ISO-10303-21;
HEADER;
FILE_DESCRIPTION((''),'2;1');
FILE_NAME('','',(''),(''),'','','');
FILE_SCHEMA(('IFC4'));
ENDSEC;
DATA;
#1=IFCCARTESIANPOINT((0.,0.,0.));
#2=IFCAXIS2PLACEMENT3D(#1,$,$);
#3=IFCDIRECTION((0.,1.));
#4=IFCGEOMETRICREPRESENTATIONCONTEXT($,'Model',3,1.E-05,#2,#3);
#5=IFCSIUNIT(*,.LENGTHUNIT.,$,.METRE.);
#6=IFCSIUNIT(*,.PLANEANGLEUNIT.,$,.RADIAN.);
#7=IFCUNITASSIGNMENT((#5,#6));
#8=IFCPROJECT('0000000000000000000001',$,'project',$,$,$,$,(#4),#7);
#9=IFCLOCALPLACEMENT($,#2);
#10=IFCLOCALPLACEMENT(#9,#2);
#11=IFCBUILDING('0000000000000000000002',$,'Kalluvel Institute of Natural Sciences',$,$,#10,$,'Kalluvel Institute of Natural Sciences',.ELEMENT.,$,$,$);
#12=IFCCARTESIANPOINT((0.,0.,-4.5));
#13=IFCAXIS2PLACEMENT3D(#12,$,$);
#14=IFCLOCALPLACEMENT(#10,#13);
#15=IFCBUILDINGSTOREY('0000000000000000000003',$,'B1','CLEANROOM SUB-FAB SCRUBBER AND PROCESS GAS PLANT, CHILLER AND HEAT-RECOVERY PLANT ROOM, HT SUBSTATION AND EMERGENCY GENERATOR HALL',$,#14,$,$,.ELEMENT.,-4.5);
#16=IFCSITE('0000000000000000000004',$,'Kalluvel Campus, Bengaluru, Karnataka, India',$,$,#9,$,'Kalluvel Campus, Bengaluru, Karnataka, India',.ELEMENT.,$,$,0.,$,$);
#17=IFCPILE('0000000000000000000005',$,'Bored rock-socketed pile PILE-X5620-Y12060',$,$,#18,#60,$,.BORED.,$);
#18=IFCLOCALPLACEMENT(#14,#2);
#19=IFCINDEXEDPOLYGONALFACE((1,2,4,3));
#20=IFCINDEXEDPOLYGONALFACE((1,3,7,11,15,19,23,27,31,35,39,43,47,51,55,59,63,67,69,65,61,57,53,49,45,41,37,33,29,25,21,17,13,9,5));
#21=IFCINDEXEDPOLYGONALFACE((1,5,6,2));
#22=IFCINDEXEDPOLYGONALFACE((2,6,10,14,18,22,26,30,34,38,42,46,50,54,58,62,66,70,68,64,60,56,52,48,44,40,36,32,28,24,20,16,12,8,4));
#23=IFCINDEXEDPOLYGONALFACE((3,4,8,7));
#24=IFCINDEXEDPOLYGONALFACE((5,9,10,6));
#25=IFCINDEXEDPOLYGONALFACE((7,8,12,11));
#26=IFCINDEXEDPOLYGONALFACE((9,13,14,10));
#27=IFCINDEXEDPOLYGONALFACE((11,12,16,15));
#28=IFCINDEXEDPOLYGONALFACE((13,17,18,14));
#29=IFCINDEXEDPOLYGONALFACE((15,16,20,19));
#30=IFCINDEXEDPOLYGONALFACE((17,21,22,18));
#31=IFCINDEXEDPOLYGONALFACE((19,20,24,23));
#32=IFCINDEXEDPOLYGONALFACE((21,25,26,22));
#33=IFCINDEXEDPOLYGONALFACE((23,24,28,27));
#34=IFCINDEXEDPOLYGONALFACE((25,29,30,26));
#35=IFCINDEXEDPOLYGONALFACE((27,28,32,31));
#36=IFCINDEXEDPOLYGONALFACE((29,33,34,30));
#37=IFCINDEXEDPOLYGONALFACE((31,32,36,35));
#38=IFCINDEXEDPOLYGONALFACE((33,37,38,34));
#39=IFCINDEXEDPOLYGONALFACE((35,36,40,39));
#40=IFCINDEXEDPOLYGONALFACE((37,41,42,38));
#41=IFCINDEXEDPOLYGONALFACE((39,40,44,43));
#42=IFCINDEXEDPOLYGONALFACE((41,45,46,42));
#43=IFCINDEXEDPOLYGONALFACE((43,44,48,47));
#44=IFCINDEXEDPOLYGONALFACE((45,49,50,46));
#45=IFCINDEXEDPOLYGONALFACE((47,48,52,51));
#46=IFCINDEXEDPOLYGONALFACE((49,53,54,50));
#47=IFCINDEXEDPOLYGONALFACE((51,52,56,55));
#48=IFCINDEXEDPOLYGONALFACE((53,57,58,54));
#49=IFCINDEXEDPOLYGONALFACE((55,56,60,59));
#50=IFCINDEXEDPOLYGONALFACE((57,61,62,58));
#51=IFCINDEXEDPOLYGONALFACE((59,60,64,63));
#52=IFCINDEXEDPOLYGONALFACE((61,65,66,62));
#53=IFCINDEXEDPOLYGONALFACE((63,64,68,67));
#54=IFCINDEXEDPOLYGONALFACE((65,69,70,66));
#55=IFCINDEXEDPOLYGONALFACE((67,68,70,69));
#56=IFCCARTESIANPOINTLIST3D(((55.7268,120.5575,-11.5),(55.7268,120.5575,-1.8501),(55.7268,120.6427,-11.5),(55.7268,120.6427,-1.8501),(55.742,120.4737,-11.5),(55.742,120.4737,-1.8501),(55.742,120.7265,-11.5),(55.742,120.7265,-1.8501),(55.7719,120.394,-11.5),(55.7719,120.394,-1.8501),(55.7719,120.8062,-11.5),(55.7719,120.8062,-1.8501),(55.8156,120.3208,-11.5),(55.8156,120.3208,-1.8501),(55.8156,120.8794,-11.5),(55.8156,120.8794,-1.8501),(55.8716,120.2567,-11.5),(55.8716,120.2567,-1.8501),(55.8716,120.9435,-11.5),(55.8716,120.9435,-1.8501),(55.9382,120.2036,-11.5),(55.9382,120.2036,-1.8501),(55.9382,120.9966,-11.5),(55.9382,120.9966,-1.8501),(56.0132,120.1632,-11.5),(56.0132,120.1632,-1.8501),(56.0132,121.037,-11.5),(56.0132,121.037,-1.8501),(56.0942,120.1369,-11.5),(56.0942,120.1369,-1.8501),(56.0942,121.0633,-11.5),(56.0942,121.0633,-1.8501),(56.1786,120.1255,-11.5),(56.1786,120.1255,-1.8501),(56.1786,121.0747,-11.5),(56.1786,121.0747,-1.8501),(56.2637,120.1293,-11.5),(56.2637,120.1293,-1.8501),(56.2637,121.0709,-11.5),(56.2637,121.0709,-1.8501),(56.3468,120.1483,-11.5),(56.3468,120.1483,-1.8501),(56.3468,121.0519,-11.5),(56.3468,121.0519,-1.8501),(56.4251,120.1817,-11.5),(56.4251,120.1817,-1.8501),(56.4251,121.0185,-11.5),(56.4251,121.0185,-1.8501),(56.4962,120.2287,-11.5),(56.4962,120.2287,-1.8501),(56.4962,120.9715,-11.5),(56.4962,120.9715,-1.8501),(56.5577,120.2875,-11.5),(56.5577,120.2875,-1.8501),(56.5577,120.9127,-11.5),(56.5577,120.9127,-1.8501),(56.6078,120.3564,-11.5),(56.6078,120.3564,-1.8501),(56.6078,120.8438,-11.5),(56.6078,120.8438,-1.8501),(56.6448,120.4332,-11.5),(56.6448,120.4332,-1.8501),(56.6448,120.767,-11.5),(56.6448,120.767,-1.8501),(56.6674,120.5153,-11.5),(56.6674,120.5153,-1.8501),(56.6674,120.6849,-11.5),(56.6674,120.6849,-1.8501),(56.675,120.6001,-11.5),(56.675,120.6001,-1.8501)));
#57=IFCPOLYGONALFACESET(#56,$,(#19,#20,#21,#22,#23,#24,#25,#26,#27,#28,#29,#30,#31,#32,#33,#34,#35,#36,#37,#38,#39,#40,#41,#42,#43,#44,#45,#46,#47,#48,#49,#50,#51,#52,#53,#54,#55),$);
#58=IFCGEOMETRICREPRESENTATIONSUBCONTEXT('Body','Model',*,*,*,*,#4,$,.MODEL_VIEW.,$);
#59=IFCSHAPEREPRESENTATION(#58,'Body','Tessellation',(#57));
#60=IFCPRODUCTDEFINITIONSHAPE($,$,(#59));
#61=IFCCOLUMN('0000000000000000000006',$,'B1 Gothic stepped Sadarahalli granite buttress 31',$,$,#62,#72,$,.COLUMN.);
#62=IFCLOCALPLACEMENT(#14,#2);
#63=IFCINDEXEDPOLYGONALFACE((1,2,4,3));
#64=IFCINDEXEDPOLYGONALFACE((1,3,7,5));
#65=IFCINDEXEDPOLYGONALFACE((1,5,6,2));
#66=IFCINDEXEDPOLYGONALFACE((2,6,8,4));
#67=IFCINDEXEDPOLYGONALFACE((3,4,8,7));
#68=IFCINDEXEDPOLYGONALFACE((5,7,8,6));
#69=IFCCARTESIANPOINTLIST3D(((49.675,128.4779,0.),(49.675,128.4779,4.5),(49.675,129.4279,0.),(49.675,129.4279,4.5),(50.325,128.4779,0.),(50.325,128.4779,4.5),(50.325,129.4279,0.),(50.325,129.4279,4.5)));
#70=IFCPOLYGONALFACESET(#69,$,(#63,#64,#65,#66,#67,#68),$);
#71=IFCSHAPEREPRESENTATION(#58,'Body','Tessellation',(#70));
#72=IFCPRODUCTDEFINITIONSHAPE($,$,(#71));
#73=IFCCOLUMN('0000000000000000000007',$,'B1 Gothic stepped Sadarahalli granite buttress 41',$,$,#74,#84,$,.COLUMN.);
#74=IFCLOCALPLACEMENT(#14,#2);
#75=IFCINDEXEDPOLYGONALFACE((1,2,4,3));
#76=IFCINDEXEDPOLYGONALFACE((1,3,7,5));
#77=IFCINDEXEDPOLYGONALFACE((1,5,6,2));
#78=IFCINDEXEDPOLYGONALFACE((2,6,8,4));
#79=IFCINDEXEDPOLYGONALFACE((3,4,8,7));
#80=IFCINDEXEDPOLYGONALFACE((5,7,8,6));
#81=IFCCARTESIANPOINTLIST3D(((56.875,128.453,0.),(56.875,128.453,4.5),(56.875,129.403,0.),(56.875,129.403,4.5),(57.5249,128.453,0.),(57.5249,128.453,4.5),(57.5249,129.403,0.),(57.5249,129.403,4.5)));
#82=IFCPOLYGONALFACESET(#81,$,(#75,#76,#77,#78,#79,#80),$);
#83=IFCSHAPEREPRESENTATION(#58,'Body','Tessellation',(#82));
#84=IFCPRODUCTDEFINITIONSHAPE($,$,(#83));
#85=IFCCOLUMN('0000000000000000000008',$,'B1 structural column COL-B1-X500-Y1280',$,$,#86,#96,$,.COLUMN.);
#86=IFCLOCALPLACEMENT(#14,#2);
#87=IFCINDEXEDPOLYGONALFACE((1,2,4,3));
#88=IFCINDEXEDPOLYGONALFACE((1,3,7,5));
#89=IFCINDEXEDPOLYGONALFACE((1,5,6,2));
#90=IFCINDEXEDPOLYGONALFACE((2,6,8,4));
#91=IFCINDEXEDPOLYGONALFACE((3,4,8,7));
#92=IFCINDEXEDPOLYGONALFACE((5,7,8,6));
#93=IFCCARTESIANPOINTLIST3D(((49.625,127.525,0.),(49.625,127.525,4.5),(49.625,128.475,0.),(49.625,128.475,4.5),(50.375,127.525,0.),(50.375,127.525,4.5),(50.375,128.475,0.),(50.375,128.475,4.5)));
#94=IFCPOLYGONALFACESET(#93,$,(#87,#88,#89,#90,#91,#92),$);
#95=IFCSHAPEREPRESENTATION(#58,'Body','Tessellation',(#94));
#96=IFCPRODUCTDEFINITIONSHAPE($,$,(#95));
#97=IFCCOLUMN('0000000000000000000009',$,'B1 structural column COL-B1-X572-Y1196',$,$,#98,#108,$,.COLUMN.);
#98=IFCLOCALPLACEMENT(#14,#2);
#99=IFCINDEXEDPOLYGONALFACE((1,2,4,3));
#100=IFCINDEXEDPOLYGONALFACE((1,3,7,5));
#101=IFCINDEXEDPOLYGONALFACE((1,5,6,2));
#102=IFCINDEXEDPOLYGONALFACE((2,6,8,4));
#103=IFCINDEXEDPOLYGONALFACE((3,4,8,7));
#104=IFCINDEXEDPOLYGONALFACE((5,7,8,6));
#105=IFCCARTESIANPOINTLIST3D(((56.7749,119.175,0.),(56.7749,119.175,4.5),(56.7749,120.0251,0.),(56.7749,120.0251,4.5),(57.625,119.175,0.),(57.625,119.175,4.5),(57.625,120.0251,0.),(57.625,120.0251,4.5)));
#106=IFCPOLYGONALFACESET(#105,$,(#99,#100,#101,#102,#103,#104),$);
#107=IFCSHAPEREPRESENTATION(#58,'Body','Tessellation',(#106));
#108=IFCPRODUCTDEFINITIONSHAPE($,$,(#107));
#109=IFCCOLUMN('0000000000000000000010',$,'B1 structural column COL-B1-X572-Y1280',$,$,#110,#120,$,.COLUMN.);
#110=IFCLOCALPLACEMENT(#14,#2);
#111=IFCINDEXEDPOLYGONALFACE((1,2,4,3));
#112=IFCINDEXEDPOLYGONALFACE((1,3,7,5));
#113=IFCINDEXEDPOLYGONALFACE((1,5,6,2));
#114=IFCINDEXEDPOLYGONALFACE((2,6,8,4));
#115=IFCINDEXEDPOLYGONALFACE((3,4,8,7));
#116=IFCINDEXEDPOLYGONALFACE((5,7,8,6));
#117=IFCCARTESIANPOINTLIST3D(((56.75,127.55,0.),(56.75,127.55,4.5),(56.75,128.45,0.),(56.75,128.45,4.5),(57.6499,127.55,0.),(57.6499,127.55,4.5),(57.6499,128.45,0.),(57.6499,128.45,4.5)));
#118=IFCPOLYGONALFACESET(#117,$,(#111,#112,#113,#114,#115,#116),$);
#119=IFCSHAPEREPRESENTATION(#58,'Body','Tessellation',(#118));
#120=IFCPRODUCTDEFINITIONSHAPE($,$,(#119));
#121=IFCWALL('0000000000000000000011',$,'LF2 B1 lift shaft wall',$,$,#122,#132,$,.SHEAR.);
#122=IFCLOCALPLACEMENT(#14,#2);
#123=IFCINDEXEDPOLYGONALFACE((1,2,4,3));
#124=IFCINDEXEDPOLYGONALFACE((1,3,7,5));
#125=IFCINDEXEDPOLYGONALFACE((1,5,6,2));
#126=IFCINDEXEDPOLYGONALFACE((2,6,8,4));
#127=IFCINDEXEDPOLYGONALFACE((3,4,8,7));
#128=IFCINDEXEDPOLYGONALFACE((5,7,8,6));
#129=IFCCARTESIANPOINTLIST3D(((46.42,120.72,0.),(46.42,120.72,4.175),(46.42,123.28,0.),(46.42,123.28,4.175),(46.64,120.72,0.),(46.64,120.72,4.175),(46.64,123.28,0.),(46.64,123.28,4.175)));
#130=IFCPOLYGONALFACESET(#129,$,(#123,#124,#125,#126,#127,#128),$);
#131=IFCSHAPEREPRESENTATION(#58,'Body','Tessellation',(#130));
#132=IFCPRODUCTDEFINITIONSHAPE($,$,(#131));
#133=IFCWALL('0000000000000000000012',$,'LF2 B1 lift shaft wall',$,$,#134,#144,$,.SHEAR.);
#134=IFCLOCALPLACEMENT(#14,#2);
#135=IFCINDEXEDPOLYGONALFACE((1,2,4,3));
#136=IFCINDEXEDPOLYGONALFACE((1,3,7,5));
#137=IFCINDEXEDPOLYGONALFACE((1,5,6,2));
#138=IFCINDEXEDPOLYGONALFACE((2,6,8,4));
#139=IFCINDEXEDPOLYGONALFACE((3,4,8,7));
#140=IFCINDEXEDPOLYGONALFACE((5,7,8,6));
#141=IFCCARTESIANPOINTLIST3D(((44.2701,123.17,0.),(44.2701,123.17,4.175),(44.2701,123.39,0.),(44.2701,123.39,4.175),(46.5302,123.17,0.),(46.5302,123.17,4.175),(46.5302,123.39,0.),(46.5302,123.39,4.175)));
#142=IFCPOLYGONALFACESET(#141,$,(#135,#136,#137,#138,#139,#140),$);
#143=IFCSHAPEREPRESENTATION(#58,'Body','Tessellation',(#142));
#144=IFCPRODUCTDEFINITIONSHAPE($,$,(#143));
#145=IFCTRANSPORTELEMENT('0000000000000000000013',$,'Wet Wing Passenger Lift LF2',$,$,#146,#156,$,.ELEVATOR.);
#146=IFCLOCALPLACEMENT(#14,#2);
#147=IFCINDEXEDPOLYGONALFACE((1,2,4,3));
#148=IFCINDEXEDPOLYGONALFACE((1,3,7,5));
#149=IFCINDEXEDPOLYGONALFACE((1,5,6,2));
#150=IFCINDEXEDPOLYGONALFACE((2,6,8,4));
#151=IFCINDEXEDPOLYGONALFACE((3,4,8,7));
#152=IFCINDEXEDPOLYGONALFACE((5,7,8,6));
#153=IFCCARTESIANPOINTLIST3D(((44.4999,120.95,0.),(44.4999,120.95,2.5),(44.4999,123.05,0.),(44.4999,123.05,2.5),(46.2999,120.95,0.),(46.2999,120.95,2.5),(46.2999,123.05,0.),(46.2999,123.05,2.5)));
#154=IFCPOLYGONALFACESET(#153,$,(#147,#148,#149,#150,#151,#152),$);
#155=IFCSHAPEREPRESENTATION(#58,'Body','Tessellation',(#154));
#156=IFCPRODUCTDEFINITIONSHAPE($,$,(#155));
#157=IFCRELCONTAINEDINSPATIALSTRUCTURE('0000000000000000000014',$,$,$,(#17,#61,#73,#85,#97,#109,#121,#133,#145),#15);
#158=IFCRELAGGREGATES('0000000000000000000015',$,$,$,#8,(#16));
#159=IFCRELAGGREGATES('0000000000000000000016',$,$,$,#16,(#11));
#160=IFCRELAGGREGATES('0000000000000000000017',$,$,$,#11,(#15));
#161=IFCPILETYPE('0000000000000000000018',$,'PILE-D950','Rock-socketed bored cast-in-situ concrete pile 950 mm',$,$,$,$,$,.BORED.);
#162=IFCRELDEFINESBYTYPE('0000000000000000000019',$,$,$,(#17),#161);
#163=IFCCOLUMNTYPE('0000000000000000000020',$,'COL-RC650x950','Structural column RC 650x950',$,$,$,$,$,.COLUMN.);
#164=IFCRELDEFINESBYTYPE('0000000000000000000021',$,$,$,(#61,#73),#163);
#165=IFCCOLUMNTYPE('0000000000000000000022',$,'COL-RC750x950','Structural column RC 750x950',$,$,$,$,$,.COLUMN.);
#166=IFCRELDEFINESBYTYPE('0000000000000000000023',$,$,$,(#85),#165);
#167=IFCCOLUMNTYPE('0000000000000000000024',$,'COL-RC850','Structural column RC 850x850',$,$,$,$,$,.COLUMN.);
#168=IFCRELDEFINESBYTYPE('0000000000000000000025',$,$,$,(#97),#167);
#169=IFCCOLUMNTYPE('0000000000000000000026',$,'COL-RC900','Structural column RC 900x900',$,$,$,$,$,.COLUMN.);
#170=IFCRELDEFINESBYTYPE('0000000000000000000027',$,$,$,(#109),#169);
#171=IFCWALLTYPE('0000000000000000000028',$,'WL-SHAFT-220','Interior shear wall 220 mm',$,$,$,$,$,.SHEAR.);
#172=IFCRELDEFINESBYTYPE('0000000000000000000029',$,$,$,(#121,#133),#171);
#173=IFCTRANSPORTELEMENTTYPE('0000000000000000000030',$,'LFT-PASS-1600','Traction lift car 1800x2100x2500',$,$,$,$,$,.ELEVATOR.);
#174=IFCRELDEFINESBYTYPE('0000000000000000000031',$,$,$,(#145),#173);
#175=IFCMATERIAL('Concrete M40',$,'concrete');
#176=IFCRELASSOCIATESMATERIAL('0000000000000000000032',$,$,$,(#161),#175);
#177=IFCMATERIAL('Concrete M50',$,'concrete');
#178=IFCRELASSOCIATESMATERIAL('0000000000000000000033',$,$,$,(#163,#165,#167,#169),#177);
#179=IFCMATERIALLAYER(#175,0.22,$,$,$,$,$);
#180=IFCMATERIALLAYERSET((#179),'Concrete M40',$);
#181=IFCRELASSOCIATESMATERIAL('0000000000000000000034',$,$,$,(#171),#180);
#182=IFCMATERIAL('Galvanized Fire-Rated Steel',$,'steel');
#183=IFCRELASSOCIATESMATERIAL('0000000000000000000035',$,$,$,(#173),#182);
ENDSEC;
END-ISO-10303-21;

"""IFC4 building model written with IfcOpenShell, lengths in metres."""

from ifc_helpers import new_model, si_unit, direction, frame, frame_2d, origin, origin_2d, place, context, subcontext, project, spatial, rectangle, circle, extrude, material, layer, layer_set, material_profile, profile_set, type_object, element, save


model = new_model("IFC4")

# Units and contexts
model_context = context("Model", 3, precision=1e-05, world=origin(), true_north=direction((0.0, 1.0)))
body_context = subcontext(model_context, "Body", "Model", "MODEL_VIEW")
ifc_project = project(units=[si_unit("LENGTHUNIT", "METRE"), si_unit("PLANEANGLEUNIT", "RADIAN")], contexts=[model_context])

# Site, building, storey
site_placement = place(None, origin())
site = spatial("IfcSite", under=ifc_project, at=site_placement, Name="Kalluvel Campus, Bengaluru, Karnataka, India", LongName="Kalluvel Campus, Bengaluru, Karnataka, India", CompositionType="ELEMENT", RefElevation=0.0)
building_placement = place(site_placement, origin())
building = spatial("IfcBuilding", under=site, at=building_placement, Name="Kalluvel Institute of Natural Sciences", LongName="Kalluvel Institute of Natural Sciences", CompositionType="ELEMENT")
storey_placement = place(building_placement, frame((0.0, 0.0, -4.5)))
storey = spatial("IfcBuildingStorey", under=building, at=storey_placement, Name="B1", Description="CLEANROOM SUB-FAB SCRUBBER AND PROCESS GAS PLANT, CHILLER AND HEAT-RECOVERY PLANT ROOM, HT SUBSTATION AND EMERGENCY GENERATOR HALL", CompositionType="ELEMENT", Elevation=-4.5)

# Shared definitions
ifc_material_1 = material(Name="Concrete M40", Category="concrete")

# Pile
ifc_material_profile_1 = material_profile(ifc_material_1, circle(Radius=0.4751, at=origin_2d()), Name="PILE D950")
ifc_profile_set_1 = profile_set([ifc_material_profile_1], Name="Concrete M40")
pile_type_1 = type_object("IfcPileType", Name="PILE-D950", Description="Rock-socketed bored cast-in-situ concrete pile 950 mm", PredefinedType="BORED", material=ifc_profile_set_1)
for number, where, z_axis, x_axis, name in (
    (1, (56.2, 120.6001, -1.8501), (0.0, 0.0, -1.0), (1.0, 0.0, 0.0), "Bored rock-socketed pile PILE-X5620-Y12060"),
):
    element("IfcPile", number, at=place(storey_placement, frame(where, z_axis=z_axis, x_axis=x_axis)), inside=storey, type_object=pile_type_1, Name=name, PredefinedType="BORED", context=body_context, shape_type="SweptSolid", body=[
        extrude(circle(Radius=0.4751, at=origin_2d()), origin(), (0.0, 0.0, 1.0), 9.6499),
    ])

# Columns
ifc_material_2 = material(Name="Concrete M50", Category="concrete")
ifc_material_profile_2 = material_profile(ifc_material_2, rectangle(XDim=0.6499, YDim=0.95, at=origin_2d()), Name="RC 650x950")
ifc_profile_set_2 = profile_set([ifc_material_profile_2], Name="Concrete M50")
column_type_1 = type_object("IfcColumnType", Name="COL-RC650x950", Description="Structural column RC 650x950", PredefinedType="COLUMN", material=ifc_profile_set_2)
for number, where, z_axis, x_axis, name in (
    (2, (50.0, 128.9529, 0.0), (0.0, 0.0, 1.0), (1.0, 0.0, 0.0), "B1 Gothic stepped Sadarahalli granite buttress 31"),
    (3, (57.2, 128.928, 0.0), (0.0, 0.0, 1.0), (1.0, 0.0, 0.0), "B1 Gothic stepped Sadarahalli granite buttress 41"),
):
    element("IfcColumn", number, at=place(storey_placement, frame(where, z_axis=z_axis, x_axis=x_axis)), inside=storey, type_object=column_type_1, Name=name, PredefinedType="COLUMN", context=body_context, shape_type="SweptSolid", body=[
        extrude(rectangle(XDim=0.6499, YDim=0.95, at=origin_2d()), origin(), (0.0, 0.0, 1.0), 4.5),
    ])
ifc_material_profile_3 = material_profile(ifc_material_2, rectangle(XDim=0.75, YDim=0.95, at=origin_2d()), Name="RC 750x950")
ifc_profile_set_3 = profile_set([ifc_material_profile_3], Name="Concrete M50")
column_type_2 = type_object("IfcColumnType", Name="COL-RC750x950", Description="Structural column RC 750x950", PredefinedType="COLUMN", material=ifc_profile_set_3)
column_1_placement = place(storey_placement, frame((50.0, 128.0, 0.0), z_axis=(0.0, 0.0, 1.0), x_axis=(1.0, 0.0, 0.0)))
element("IfcColumn", 4, at=column_1_placement, inside=storey, type_object=column_type_2, Name="B1 structural column COL-B1-X500-Y1280", PredefinedType="COLUMN", context=body_context, shape_type="SweptSolid", body=[
    extrude(rectangle(XDim=0.75, YDim=0.95, at=origin_2d()), origin(), (0.0, 0.0, 1.0), 4.5),
])
ifc_material_profile_4 = material_profile(ifc_material_2, rectangle(XDim=0.8501, YDim=0.8501, at=origin_2d()), Name="RC 850x850")
ifc_profile_set_4 = profile_set([ifc_material_profile_4], Name="Concrete M50")
column_type_3 = type_object("IfcColumnType", Name="COL-RC850", Description="Structural column RC 850x850", PredefinedType="COLUMN", material=ifc_profile_set_4)
column_2_placement = place(storey_placement, frame((57.2, 119.6001, 0.0), z_axis=(0.0, 0.0, 1.0), x_axis=(1.0, 0.0, 0.0)))
element("IfcColumn", 5, at=column_2_placement, inside=storey, type_object=column_type_3, Name="B1 structural column COL-B1-X572-Y1196", PredefinedType="COLUMN", context=body_context, shape_type="SweptSolid", body=[
    extrude(rectangle(XDim=0.8501, YDim=0.8501, at=origin_2d()), origin(), (0.0, 0.0, 1.0), 4.5),
])
ifc_material_profile_5 = material_profile(ifc_material_2, rectangle(XDim=0.8999, YDim=0.8999, at=origin_2d()), Name="RC 900x900")
ifc_profile_set_5 = profile_set([ifc_material_profile_5], Name="Concrete M50")
column_type_4 = type_object("IfcColumnType", Name="COL-RC900", Description="Structural column RC 900x900", PredefinedType="COLUMN", material=ifc_profile_set_5)
column_3_placement = place(storey_placement, frame((57.2, 128.0, 0.0), z_axis=(0.0, 0.0, 1.0), x_axis=(1.0, 0.0, 0.0)))
element("IfcColumn", 6, at=column_3_placement, inside=storey, type_object=column_type_4, Name="B1 structural column COL-B1-X572-Y1280", PredefinedType="COLUMN", context=body_context, shape_type="SweptSolid", body=[
    extrude(rectangle(XDim=0.8999, YDim=0.8999, at=origin_2d()), origin(), (0.0, 0.0, 1.0), 4.5),
])

# Walls
ifc_layer = layer(ifc_material_1, 0.22)
ifc_layer_set = layer_set([ifc_layer], Name="Concrete M40")
wall_type = type_object("IfcWallType", Name="WL-SHAFT-220", Description="Interior shear wall 220 mm", PredefinedType="SHEAR", material=ifc_layer_set)
wall_1_placement = place(storey_placement, frame((46.53, 120.72, 0.0), z_axis=(0.0, 0.0, 1.0), x_axis=(0.0, 1.0, 0.0)))
element("IfcWall", 7, at=wall_1_placement, inside=storey, type_object=wall_type, Name="LF2 B1 lift shaft wall", PredefinedType="SHEAR", context=body_context, shape_type="SweptSolid", body=[
    extrude(rectangle(XDim=2.5601, YDim=0.22, at=frame_2d((1.28, 0.0))), origin(), (0.0, 0.0, 1.0), 4.175),
])
wall_2_placement = place(storey_placement, frame((46.53, 123.28, 0.0), z_axis=(0.0, 0.0, 1.0), x_axis=(-1.0, 0.0, 0.0)))
element("IfcWall", 8, at=wall_2_placement, inside=storey, type_object=wall_type, Name="LF2 B1 lift shaft wall", PredefinedType="SHEAR", context=body_context, shape_type="SweptSolid", body=[
    extrude(rectangle(XDim=2.26, YDim=0.22, at=frame_2d((1.1299, 0.0))), origin(), (0.0, 0.0, 1.0), 4.175),
])

# Transport element
ifc_material_3 = material(Name="Galvanized Fire-Rated Steel", Category="steel")
transport_element_type = type_object("IfcTransportElementType", Name="LFT-PASS-1600", Description="Traction lift car 1800x2100x2500", PredefinedType="ELEVATOR", material=ifc_material_3)
transport_element_placement = place(storey_placement, frame((45.3999, 122.0, 0.0), z_axis=(0.0, 0.0, 1.0), x_axis=(1.0, 0.0, 0.0)))
element("IfcTransportElement", 9, at=transport_element_placement, inside=storey, type_object=transport_element_type, Name="Wet Wing Passenger Lift LF2", PredefinedType="ELEVATOR", context=body_context, shape_type="SweptSolid", body=[
    extrude(rectangle(XDim=1.8, YDim=2.1001, at=origin_2d()), origin(), (0.0, 0.0, 1.0), 2.5),
])

save(model, "model.ifc")
